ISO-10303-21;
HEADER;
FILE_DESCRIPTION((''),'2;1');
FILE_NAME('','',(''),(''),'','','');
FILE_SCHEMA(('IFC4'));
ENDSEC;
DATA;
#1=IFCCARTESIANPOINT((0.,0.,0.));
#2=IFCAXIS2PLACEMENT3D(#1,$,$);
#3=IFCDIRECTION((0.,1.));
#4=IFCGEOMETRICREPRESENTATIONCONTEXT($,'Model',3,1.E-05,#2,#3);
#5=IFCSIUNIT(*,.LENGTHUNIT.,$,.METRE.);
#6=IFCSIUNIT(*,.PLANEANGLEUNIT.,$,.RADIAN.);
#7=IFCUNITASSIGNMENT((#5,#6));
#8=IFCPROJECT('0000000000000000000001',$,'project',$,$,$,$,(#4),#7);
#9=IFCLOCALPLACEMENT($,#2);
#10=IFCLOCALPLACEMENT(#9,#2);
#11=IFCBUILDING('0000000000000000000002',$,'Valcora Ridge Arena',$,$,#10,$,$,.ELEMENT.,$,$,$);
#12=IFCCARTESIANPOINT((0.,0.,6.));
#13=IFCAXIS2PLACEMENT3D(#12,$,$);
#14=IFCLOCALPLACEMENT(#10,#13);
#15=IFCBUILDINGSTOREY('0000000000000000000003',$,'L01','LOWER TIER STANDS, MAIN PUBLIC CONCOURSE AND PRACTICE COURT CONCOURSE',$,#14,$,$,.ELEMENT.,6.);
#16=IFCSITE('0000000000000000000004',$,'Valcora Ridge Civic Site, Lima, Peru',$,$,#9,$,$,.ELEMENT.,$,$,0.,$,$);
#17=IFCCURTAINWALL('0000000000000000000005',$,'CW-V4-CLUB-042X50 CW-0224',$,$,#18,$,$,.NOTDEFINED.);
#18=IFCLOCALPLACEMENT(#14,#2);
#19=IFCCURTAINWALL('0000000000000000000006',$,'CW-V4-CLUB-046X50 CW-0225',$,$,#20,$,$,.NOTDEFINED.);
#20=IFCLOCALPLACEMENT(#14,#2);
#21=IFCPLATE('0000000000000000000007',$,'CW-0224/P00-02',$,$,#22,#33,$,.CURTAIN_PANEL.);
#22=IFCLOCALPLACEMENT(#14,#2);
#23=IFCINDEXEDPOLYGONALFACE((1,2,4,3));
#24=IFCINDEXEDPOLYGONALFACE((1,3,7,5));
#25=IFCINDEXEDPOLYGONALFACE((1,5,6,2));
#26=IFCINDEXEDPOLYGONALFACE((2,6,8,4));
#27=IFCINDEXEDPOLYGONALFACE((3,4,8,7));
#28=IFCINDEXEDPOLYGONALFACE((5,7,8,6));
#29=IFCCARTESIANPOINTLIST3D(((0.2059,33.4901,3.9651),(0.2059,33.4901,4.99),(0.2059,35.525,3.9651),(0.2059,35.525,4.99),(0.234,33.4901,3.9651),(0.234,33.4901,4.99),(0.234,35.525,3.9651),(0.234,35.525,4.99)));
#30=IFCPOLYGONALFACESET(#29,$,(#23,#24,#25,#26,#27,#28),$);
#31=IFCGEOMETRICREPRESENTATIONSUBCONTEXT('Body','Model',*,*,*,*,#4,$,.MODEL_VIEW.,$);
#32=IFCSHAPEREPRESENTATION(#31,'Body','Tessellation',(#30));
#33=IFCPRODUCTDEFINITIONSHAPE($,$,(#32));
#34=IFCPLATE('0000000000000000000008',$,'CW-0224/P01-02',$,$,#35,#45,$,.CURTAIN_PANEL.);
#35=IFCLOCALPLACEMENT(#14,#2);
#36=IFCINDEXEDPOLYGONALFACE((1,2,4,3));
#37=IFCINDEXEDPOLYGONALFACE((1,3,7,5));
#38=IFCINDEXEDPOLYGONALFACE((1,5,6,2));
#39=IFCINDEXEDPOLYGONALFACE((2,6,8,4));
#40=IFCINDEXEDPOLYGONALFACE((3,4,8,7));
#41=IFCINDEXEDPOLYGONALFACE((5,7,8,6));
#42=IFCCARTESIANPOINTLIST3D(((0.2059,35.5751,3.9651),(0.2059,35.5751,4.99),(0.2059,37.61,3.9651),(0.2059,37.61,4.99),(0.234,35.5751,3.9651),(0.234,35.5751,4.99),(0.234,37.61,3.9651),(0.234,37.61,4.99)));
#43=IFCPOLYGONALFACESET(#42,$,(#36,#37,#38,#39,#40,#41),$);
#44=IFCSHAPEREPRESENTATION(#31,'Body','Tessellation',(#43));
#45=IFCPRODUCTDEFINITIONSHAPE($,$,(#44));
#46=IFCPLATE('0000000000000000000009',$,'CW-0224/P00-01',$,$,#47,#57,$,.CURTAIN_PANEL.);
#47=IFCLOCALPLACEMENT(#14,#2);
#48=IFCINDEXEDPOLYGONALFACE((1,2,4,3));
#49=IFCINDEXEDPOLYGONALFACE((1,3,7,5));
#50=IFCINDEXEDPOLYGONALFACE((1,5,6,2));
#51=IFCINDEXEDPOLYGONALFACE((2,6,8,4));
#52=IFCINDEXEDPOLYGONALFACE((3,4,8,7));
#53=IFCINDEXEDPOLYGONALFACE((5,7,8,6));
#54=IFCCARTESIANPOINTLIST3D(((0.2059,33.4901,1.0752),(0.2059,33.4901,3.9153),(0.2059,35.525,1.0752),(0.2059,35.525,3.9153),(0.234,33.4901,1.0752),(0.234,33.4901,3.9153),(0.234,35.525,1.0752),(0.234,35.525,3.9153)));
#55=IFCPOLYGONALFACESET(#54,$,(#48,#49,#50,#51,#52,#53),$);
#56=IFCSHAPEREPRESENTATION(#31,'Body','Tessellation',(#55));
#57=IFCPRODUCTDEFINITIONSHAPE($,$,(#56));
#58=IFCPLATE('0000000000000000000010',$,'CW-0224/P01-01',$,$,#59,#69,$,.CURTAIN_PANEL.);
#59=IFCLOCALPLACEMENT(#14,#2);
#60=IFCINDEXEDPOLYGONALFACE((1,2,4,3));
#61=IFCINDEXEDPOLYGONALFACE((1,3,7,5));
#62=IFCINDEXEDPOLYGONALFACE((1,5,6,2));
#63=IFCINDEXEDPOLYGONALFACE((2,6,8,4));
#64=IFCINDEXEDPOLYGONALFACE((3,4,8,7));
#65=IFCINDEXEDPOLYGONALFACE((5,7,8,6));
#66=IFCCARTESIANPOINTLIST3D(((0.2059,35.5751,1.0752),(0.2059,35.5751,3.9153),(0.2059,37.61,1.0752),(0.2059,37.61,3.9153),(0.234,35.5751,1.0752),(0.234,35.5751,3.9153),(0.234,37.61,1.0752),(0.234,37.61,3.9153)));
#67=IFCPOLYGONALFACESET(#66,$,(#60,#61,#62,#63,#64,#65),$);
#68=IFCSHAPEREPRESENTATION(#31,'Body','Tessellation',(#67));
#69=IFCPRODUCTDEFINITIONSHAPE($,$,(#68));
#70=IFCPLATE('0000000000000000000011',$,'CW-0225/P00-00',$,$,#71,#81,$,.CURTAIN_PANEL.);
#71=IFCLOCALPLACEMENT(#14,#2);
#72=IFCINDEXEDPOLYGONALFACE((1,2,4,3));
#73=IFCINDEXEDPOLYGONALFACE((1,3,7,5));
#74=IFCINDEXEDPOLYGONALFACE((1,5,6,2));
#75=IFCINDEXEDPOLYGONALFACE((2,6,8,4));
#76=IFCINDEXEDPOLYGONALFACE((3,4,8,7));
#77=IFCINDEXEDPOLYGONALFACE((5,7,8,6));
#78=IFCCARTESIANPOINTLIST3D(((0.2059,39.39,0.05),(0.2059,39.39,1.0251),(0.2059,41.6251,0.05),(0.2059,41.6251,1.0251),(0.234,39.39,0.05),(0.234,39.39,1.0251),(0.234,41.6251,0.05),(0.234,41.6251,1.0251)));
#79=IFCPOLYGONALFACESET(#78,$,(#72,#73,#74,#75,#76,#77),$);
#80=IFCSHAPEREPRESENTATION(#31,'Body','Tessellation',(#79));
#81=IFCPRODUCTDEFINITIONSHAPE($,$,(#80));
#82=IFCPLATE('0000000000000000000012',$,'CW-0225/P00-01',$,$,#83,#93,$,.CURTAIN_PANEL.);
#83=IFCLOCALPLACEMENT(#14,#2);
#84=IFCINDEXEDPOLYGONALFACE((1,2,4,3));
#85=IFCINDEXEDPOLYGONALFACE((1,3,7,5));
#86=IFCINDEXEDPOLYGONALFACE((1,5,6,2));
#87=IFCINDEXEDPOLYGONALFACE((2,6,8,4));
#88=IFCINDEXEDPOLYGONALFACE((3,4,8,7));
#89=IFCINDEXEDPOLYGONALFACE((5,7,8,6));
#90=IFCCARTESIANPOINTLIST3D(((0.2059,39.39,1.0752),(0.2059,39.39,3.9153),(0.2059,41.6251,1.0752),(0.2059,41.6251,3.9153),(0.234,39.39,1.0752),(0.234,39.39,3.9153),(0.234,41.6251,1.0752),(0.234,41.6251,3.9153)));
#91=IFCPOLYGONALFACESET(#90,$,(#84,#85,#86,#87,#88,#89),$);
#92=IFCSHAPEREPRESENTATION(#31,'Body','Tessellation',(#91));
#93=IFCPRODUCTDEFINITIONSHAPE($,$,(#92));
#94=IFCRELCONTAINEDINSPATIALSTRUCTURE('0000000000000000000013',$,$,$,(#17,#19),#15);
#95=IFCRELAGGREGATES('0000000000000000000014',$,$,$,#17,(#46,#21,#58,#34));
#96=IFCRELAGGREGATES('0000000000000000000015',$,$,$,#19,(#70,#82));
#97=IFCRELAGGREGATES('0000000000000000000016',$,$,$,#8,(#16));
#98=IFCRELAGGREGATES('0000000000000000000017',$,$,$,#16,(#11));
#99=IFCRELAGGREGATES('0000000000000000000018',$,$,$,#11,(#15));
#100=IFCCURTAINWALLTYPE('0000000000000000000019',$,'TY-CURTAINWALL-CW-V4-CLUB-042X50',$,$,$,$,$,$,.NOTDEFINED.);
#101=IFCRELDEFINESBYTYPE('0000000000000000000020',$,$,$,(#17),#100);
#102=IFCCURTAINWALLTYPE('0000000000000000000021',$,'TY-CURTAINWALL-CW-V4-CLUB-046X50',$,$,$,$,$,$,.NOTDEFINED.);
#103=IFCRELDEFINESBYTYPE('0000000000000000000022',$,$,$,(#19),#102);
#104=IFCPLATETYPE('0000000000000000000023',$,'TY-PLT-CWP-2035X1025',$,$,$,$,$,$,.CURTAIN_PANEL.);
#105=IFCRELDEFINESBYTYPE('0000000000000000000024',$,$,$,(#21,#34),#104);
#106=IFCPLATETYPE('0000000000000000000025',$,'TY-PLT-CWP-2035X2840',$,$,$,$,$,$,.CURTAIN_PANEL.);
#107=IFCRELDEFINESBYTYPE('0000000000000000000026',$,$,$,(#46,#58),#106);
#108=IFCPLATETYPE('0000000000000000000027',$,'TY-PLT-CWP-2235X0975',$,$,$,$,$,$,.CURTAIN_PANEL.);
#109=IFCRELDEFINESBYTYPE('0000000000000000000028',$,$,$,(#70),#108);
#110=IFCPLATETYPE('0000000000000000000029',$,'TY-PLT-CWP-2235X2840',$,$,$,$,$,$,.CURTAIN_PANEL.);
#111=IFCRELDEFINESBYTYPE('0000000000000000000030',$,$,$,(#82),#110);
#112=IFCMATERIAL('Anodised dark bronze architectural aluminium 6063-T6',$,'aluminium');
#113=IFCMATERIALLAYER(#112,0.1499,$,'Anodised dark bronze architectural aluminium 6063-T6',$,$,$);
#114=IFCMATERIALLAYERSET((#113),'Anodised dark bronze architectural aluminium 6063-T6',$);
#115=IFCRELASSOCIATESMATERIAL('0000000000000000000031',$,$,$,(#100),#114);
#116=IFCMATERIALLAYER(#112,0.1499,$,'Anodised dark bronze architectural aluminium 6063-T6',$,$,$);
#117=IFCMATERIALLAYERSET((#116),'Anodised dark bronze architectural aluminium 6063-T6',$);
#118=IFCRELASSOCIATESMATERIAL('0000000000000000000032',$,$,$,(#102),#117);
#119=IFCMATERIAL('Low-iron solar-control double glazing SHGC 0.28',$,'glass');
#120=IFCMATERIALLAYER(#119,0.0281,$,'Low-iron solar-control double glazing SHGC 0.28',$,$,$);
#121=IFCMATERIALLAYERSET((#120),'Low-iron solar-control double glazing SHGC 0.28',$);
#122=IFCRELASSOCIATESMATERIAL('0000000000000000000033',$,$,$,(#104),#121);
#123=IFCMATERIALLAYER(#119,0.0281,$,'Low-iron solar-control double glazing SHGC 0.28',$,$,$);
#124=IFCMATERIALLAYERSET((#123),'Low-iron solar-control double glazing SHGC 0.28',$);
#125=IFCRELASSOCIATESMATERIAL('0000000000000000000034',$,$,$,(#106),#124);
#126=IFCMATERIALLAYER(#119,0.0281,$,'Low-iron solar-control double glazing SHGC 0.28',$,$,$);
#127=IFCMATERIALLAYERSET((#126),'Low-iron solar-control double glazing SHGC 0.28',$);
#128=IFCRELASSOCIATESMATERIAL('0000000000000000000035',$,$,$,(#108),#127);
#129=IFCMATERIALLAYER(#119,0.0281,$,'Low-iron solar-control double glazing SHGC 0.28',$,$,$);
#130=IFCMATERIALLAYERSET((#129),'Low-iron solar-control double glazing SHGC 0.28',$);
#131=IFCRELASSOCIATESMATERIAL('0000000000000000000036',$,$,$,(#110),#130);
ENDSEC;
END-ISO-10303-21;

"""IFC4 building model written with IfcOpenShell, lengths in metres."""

from ifc_helpers import new_model, si_unit, direction, frame, origin, origin_2d, place, context, subcontext, project, spatial, rectangle, extrude, material, layer, layer_set, type_object, element, aggregate, save


model = new_model("IFC4")

# Units and contexts
model_context = context("Model", 3, precision=1e-05, world=origin(), true_north=direction((0.0, 1.0)))
body_context = subcontext(model_context, "Body", "Model", "MODEL_VIEW")
ifc_project = project(units=[si_unit("LENGTHUNIT", "METRE"), si_unit("PLANEANGLEUNIT", "RADIAN")], contexts=[model_context])

# Site, building, storey
site_placement = place(None, origin())
site = spatial("IfcSite", under=ifc_project, at=site_placement, Name="Valcora Ridge Civic Site, Lima, Peru", CompositionType="ELEMENT", RefElevation=0.0)
building_placement = place(site_placement, origin())
building = spatial("IfcBuilding", under=site, at=building_placement, Name="Valcora Ridge Arena", CompositionType="ELEMENT")
storey_placement = place(building_placement, frame((0.0, 0.0, 6.0)))
storey = spatial("IfcBuildingStorey", under=building, at=storey_placement, Name="L01", Description="LOWER TIER STANDS, MAIN PUBLIC CONCOURSE AND PRACTICE COURT CONCOURSE", CompositionType="ELEMENT", Elevation=6.0)

# Curtain wall
ifc_material_1 = material(Name="Anodised dark bronze architectural aluminium 6063-T6", Category="aluminium")
ifc_layer_1 = layer(ifc_material_1, 0.1499, Name="Anodised dark bronze architectural aluminium 6063-T6")
ifc_layer_set_1 = layer_set([ifc_layer_1], Name="Anodised dark bronze architectural aluminium 6063-T6")
curtain_wall_type_1 = type_object("IfcCurtainWallType", Name="TY-CURTAINWALL-CW-V4-CLUB-042X50", PredefinedType="NOTDEFINED", material=ifc_layer_set_1)
curtain_wall_1_placement = place(storey_placement, origin())
curtain_wall_1 = element("IfcCurtainWall", 1, at=curtain_wall_1_placement, inside=storey, type_object=curtain_wall_type_1, Name="CW-V4-CLUB-042X50 CW-0224", PredefinedType="NOTDEFINED")

# Curtain wall
ifc_layer_2 = layer(ifc_material_1, 0.1499, Name="Anodised dark bronze architectural aluminium 6063-T6")
ifc_layer_set_2 = layer_set([ifc_layer_2], Name="Anodised dark bronze architectural aluminium 6063-T6")
curtain_wall_type_2 = type_object("IfcCurtainWallType", Name="TY-CURTAINWALL-CW-V4-CLUB-046X50", PredefinedType="NOTDEFINED", material=ifc_layer_set_2)
curtain_wall_2_placement = place(storey_placement, origin())
curtain_wall_2 = element("IfcCurtainWall", 2, at=curtain_wall_2_placement, inside=storey, type_object=curtain_wall_type_2, Name="CW-V4-CLUB-046X50 CW-0225", PredefinedType="NOTDEFINED")

# Plates
ifc_material_2 = material(Name="Low-iron solar-control double glazing SHGC 0.28", Category="glass")
ifc_layer_3 = layer(ifc_material_2, 0.0281, Name="Low-iron solar-control double glazing SHGC 0.28")
ifc_layer_set_3 = layer_set([ifc_layer_3], Name="Low-iron solar-control double glazing SHGC 0.28")
plate_type_1 = type_object("IfcPlateType", Name="TY-PLT-CWP-2035X1025", PredefinedType="CURTAIN_PANEL", material=ifc_layer_set_3)
plate_1_placement = place(storey_placement, frame((0.22, 34.5076, 3.9651), z_axis=(0.0, 0.0, 1.0), x_axis=(0.0, 1.0, 0.0)))
plate_1 = element("IfcPlate", 3, at=plate_1_placement, type_object=plate_type_1, Name="CW-0224/P00-02", PredefinedType="CURTAIN_PANEL", context=body_context, shape_type="SweptSolid", body=[
    extrude(rectangle(XDim=2.0349, YDim=0.0281, at=origin_2d()), origin(), (0.0, 0.0, 1.0), 1.0249),
])
plate_2_placement = place(storey_placement, frame((0.22, 36.5925, 3.9651), z_axis=(0.0, 0.0, 1.0), x_axis=(0.0, 1.0, 0.0)))
plate_2 = element("IfcPlate", 4, at=plate_2_placement, type_object=plate_type_1, Name="CW-0224/P01-02", PredefinedType="CURTAIN_PANEL", context=body_context, shape_type="SweptSolid", body=[
    extrude(rectangle(XDim=2.0349, YDim=0.0281, at=origin_2d()), origin(), (0.0, 0.0, 1.0), 1.0249),
])
ifc_layer_4 = layer(ifc_material_2, 0.0281, Name="Low-iron solar-control double glazing SHGC 0.28")
ifc_layer_set_4 = layer_set([ifc_layer_4], Name="Low-iron solar-control double glazing SHGC 0.28")
plate_type_2 = type_object("IfcPlateType", Name="TY-PLT-CWP-2035X2840", PredefinedType="CURTAIN_PANEL", material=ifc_layer_set_4)
plate_3_placement = place(storey_placement, frame((0.22, 34.5076, 1.0752), z_axis=(0.0, 0.0, 1.0), x_axis=(0.0, 1.0, 0.0)))
plate_3 = element("IfcPlate", 5, at=plate_3_placement, type_object=plate_type_2, Name="CW-0224/P00-01", PredefinedType="CURTAIN_PANEL", context=body_context, shape_type="SweptSolid", body=[
    extrude(rectangle(XDim=2.0349, YDim=0.0281, at=origin_2d()), origin(), (0.0, 0.0, 1.0), 2.8401),
])
plate_4_placement = place(storey_placement, frame((0.22, 36.5925, 1.0752), z_axis=(0.0, 0.0, 1.0), x_axis=(0.0, 1.0, 0.0)))
plate_4 = element("IfcPlate", 6, at=plate_4_placement, type_object=plate_type_2, Name="CW-0224/P01-01", PredefinedType="CURTAIN_PANEL", context=body_context, shape_type="SweptSolid", body=[
    extrude(rectangle(XDim=2.0349, YDim=0.0281, at=origin_2d()), origin(), (0.0, 0.0, 1.0), 2.8401),
])
aggregate(curtain_wall_1, [plate_3, plate_1, plate_4, plate_2])
ifc_layer_5 = layer(ifc_material_2, 0.0281, Name="Low-iron solar-control double glazing SHGC 0.28")
ifc_layer_set_5 = layer_set([ifc_layer_5], Name="Low-iron solar-control double glazing SHGC 0.28")
plate_type_3 = type_object("IfcPlateType", Name="TY-PLT-CWP-2235X0975", PredefinedType="CURTAIN_PANEL", material=ifc_layer_set_5)
plate_5_placement = place(storey_placement, frame((0.22, 40.5076, 0.05), z_axis=(0.0, 0.0, 1.0), x_axis=(0.0, 1.0, 0.0)))
plate_5 = element("IfcPlate", 7, at=plate_5_placement, type_object=plate_type_3, Name="CW-0225/P00-00", PredefinedType="CURTAIN_PANEL", context=body_context, shape_type="SweptSolid", body=[
    extrude(rectangle(XDim=2.2351, YDim=0.0281, at=origin_2d()), origin(), (0.0, 0.0, 1.0), 0.9751),
])
ifc_layer_6 = layer(ifc_material_2, 0.0281, Name="Low-iron solar-control double glazing SHGC 0.28")
ifc_layer_set_6 = layer_set([ifc_layer_6], Name="Low-iron solar-control double glazing SHGC 0.28")
plate_type_4 = type_object("IfcPlateType", Name="TY-PLT-CWP-2235X2840", PredefinedType="CURTAIN_PANEL", material=ifc_layer_set_6)
plate_6_placement = place(storey_placement, frame((0.22, 40.5076, 1.0752), z_axis=(0.0, 0.0, 1.0), x_axis=(0.0, 1.0, 0.0)))
plate_6 = element("IfcPlate", 8, at=plate_6_placement, type_object=plate_type_4, Name="CW-0225/P00-01", PredefinedType="CURTAIN_PANEL", context=body_context, shape_type="SweptSolid", body=[
    extrude(rectangle(XDim=2.2351, YDim=0.0281, at=origin_2d()), origin(), (0.0, 0.0, 1.0), 2.8401),
])
aggregate(curtain_wall_2, [plate_5, plate_6])

save(model, "model.ifc")
